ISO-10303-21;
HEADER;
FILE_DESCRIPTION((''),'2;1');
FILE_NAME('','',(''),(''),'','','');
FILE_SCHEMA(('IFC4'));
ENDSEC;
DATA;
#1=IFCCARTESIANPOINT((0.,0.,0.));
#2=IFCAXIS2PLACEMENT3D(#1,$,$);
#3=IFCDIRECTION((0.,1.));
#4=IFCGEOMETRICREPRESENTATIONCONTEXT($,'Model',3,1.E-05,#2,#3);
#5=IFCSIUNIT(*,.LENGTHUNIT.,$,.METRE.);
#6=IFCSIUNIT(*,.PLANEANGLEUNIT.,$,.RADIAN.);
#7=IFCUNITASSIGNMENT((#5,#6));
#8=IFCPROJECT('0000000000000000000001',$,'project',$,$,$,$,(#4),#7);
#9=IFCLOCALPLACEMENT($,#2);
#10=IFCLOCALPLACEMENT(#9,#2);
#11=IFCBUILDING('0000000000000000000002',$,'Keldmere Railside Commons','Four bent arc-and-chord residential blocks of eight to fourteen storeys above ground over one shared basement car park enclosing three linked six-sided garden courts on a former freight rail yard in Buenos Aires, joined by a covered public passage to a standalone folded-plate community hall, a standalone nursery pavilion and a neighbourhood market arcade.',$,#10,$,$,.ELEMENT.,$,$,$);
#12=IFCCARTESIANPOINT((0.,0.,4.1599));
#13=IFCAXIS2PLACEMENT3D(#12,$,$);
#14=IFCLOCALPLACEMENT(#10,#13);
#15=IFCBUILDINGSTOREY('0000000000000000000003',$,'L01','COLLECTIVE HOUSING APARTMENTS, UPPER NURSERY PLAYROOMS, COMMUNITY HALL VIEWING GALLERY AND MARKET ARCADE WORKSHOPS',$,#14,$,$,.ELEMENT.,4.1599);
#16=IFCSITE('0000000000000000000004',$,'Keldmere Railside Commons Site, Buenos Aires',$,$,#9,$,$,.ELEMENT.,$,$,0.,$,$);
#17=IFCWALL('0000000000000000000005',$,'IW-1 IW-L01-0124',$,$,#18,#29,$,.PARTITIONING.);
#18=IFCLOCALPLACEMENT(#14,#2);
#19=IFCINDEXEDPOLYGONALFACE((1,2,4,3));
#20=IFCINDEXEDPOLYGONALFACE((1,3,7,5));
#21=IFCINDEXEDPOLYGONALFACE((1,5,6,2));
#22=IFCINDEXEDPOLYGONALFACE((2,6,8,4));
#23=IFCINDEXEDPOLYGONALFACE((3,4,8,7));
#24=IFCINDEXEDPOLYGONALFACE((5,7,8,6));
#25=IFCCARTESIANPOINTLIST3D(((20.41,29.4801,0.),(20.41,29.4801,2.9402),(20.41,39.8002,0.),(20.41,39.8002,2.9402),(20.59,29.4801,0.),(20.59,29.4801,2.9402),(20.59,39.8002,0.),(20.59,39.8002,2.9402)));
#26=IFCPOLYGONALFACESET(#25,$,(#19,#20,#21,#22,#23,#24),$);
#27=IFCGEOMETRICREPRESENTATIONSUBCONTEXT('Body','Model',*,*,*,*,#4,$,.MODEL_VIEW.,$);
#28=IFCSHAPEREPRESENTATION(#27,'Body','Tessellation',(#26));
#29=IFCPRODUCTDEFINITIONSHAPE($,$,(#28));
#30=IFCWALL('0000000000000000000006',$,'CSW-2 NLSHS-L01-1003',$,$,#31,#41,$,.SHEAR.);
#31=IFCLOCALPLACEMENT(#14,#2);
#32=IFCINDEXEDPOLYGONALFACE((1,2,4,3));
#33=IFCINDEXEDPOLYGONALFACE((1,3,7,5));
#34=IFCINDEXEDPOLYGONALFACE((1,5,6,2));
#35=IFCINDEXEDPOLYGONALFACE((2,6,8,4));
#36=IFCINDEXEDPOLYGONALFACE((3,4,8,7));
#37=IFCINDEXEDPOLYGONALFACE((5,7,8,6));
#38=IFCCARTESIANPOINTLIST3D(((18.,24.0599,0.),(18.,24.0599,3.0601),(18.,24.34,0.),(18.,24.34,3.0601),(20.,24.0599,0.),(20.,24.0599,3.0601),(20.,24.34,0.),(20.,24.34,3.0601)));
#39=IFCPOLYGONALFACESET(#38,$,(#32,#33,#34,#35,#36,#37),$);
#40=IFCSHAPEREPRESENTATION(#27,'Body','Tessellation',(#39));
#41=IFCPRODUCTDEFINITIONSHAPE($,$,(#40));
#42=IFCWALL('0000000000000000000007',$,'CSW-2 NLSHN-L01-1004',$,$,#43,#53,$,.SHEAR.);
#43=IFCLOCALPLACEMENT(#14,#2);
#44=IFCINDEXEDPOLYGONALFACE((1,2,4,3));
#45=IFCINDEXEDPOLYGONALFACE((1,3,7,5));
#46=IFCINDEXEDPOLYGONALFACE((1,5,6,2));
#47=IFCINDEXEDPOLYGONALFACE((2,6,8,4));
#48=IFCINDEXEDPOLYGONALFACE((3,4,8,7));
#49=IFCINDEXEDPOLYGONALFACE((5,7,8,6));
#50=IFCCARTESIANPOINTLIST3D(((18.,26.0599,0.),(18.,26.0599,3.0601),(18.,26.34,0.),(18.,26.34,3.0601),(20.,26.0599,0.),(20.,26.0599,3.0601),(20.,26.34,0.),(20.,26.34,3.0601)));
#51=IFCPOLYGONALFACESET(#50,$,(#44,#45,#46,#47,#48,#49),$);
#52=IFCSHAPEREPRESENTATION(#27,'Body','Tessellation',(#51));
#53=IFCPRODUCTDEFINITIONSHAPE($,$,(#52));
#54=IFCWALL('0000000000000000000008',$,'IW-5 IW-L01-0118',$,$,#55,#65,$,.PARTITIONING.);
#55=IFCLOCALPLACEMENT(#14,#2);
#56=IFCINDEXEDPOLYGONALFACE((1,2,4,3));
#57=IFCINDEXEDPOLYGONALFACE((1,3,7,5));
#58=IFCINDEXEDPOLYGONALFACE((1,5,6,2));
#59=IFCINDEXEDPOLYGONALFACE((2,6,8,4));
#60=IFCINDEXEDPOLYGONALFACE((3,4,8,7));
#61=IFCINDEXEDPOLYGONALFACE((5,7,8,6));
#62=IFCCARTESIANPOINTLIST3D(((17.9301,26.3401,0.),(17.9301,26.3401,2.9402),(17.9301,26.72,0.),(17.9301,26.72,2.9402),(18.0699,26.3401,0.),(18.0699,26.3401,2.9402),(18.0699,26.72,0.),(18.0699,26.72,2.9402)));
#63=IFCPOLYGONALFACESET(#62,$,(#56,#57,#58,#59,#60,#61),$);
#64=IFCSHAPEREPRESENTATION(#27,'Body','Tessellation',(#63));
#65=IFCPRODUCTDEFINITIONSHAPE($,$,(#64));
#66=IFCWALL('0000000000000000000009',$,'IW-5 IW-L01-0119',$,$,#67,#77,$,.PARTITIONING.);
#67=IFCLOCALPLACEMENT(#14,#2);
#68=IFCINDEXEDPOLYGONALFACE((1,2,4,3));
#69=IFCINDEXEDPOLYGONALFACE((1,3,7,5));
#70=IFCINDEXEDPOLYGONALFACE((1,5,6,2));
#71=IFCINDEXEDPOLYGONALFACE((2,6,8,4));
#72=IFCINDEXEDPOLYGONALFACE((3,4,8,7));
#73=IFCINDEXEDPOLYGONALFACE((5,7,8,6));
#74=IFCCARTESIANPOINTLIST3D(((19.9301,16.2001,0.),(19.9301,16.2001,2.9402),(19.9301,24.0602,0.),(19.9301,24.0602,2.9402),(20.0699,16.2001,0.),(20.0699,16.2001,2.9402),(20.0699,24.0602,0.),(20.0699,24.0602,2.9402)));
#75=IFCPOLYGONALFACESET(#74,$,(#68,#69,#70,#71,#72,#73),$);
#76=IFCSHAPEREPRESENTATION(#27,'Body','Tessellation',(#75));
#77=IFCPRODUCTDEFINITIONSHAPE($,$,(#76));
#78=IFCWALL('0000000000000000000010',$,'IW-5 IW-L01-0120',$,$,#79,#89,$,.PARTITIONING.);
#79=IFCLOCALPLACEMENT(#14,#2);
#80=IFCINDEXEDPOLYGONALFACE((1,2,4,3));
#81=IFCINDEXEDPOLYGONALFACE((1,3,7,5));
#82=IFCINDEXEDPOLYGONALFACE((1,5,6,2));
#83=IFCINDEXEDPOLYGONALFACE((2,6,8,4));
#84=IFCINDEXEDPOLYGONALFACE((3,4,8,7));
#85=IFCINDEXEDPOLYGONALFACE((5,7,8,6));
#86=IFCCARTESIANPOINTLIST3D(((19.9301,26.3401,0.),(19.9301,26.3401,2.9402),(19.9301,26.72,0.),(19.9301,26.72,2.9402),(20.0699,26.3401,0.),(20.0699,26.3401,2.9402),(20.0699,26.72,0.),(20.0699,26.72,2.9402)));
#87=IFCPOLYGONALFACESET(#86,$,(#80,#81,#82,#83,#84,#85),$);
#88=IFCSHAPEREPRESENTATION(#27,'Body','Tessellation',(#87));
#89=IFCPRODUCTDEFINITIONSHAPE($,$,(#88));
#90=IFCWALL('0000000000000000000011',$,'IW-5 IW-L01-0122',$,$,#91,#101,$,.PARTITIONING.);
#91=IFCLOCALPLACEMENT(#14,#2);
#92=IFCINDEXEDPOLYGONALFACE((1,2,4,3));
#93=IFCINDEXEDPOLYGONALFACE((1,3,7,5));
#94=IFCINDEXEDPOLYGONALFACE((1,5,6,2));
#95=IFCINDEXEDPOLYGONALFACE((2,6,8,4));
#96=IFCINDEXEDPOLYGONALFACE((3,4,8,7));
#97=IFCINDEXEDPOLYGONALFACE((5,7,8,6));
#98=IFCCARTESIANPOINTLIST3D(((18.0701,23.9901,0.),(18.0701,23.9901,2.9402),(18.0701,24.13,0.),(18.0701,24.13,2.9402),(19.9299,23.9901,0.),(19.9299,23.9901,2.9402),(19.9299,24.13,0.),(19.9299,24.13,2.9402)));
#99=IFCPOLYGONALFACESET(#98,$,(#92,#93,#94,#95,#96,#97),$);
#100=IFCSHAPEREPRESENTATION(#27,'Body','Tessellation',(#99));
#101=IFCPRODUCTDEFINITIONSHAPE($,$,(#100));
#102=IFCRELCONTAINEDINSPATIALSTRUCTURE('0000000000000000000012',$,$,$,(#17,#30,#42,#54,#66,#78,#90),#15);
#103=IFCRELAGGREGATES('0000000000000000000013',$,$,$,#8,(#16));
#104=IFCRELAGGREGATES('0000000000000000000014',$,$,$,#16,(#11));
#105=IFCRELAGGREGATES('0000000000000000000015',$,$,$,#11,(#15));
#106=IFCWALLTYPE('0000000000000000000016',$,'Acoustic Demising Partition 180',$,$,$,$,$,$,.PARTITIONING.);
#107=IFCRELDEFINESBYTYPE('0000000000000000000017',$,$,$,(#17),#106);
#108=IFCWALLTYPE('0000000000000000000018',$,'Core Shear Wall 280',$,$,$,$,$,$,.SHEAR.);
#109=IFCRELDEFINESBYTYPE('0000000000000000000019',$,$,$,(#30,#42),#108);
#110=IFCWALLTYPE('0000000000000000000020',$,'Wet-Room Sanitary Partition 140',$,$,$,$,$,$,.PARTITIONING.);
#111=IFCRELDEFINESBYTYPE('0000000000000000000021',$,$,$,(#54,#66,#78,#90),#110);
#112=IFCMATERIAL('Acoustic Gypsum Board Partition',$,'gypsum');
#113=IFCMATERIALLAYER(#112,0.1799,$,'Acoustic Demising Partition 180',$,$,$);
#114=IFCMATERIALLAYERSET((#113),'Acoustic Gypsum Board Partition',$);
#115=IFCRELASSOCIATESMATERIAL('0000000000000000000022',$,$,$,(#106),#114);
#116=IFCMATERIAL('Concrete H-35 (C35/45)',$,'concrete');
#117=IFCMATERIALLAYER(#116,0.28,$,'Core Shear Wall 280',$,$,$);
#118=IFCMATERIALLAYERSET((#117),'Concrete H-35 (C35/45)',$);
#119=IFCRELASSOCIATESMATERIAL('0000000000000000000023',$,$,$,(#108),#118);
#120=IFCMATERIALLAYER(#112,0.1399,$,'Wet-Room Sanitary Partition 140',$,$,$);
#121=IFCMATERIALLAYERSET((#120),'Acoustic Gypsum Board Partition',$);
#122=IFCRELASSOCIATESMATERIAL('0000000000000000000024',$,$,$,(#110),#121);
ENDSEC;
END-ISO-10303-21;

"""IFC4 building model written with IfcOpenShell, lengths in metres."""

from ifc_helpers import new_model, si_unit, direction, frame, frame_2d, origin, place, context, subcontext, project, spatial, rectangle, extrude, material, layer, layer_set, type_object, element, save


model = new_model("IFC4")

# Units and contexts
model_context = context("Model", 3, precision=1e-05, world=origin(), true_north=direction((0.0, 1.0)))
body_context = subcontext(model_context, "Body", "Model", "MODEL_VIEW")
ifc_project = project(units=[si_unit("LENGTHUNIT", "METRE"), si_unit("PLANEANGLEUNIT", "RADIAN")], contexts=[model_context])

# Site, building, storey
site_placement = place(None, origin())
site = spatial("IfcSite", under=ifc_project, at=site_placement, Name="Keldmere Railside Commons Site, Buenos Aires", CompositionType="ELEMENT", RefElevation=0.0)
building_placement = place(site_placement, origin())
building = spatial("IfcBuilding", under=site, at=building_placement, Name="Keldmere Railside Commons", Description="Four bent arc-and-chord residential blocks of eight to fourteen storeys above ground over one shared basement car park enclosing three linked six-sided garden courts on a former freight rail yard in Buenos Aires, joined by a covered public passage to a standalone folded-plate community hall, a standalone nursery pavilion and a neighbourhood market arcade.", CompositionType="ELEMENT")
storey_placement = place(building_placement, frame((0.0, 0.0, 4.1599)))
storey = spatial("IfcBuildingStorey", under=building, at=storey_placement, Name="L01", Description="COLLECTIVE HOUSING APARTMENTS, UPPER NURSERY PLAYROOMS, COMMUNITY HALL VIEWING GALLERY AND MARKET ARCADE WORKSHOPS", CompositionType="ELEMENT", Elevation=4.1599)

# Shared definitions
ifc_material_1 = material(Name="Concrete H-35 (C35/45)", Category="concrete")

# Wall
ifc_material_2 = material(Name="Acoustic Gypsum Board Partition", Category="gypsum")
ifc_layer_1 = layer(ifc_material_2, 0.1799, Name="Acoustic Demising Partition 180")
ifc_layer_set_1 = layer_set([ifc_layer_1], Name="Acoustic Gypsum Board Partition")
wall_type_1 = type_object("IfcWallType", Name="Acoustic Demising Partition 180", PredefinedType="PARTITIONING", material=ifc_layer_set_1)
wall_1_placement = place(storey_placement, frame((20.5, 29.48, 0.0), z_axis=(0.0, 0.0, 1.0), x_axis=(0.0, 1.0, 0.0)))
element("IfcWall", 1, at=wall_1_placement, inside=storey, type_object=wall_type_1, Name="IW-1 IW-L01-0124", PredefinedType="PARTITIONING", context=body_context, shape_type="SweptSolid", body=[
    extrude(rectangle(XDim=10.3201, YDim=0.1799, at=frame_2d((5.1602, 0.0))), origin(), (0.0, 0.0, 1.0), 2.9402),
])

# Shared definitions
ifc_layer_2 = layer(ifc_material_1, 0.28, Name="Core Shear Wall 280")
ifc_layer_set_2 = layer_set([ifc_layer_2], Name="Concrete H-35 (C35/45)")
wall_type_2 = type_object("IfcWallType", Name="Core Shear Wall 280", PredefinedType="SHEAR", material=ifc_layer_set_2)

# Walls
for number, where, z_axis, x_axis, name in (
    (2, (18.0, 24.2, 0.0), (0.0, 0.0, 1.0), (1.0, 0.0, 0.0), "CSW-2 NLSHS-L01-1003"),
    (3, (18.0, 26.2, 0.0), (0.0, 0.0, 1.0), (1.0, 0.0, 0.0), "CSW-2 NLSHN-L01-1004"),
):
    element("IfcWall", number, at=place(storey_placement, frame(where, z_axis=z_axis, x_axis=x_axis)), inside=storey, type_object=wall_type_2, Name=name, PredefinedType="SHEAR", context=body_context, shape_type="SweptSolid", body=[
        extrude(rectangle(XDim=2.0, YDim=0.28, at=frame_2d((1.0, 0.0))), origin(), (0.0, 0.0, 1.0), 3.0601),
    ])
ifc_layer_3 = layer(ifc_material_2, 0.1399, Name="Wet-Room Sanitary Partition 140")
ifc_layer_set_3 = layer_set([ifc_layer_3], Name="Acoustic Gypsum Board Partition")
wall_type_3 = type_object("IfcWallType", Name="Wet-Room Sanitary Partition 140", PredefinedType="PARTITIONING", material=ifc_layer_set_3)
wall_2_placement = place(storey_placement, frame((18.0, 26.3401, 0.0), z_axis=(0.0, 0.0, 1.0), x_axis=(0.0, 1.0, 0.0)))
element("IfcWall", 4, at=wall_2_placement, inside=storey, type_object=wall_type_3, Name="IW-5 IW-L01-0118", PredefinedType="PARTITIONING", context=body_context, shape_type="SweptSolid", body=[
    extrude(rectangle(XDim=0.3799, YDim=0.1399, at=frame_2d((0.1899, 0.0))), origin(), (0.0, 0.0, 1.0), 2.9402),
])
wall_3_placement = place(storey_placement, frame((20.0, 16.2, 0.0), z_axis=(0.0, 0.0, 1.0), x_axis=(0.0, 1.0, 0.0)))
element("IfcWall", 5, at=wall_3_placement, inside=storey, type_object=wall_type_3, Name="IW-5 IW-L01-0119", PredefinedType="PARTITIONING", context=body_context, shape_type="SweptSolid", body=[
    extrude(rectangle(XDim=7.8601, YDim=0.1399, at=frame_2d((3.9302, 0.0))), origin(), (0.0, 0.0, 1.0), 2.9402),
])
wall_4_placement = place(storey_placement, frame((20.0, 26.3401, 0.0), z_axis=(0.0, 0.0, 1.0), x_axis=(0.0, 1.0, 0.0)))
element("IfcWall", 6, at=wall_4_placement, inside=storey, type_object=wall_type_3, Name="IW-5 IW-L01-0120", PredefinedType="PARTITIONING", context=body_context, shape_type="SweptSolid", body=[
    extrude(rectangle(XDim=0.3799, YDim=0.1399, at=frame_2d((0.1899, 0.0))), origin(), (0.0, 0.0, 1.0), 2.9402),
])
wall_5_placement = place(storey_placement, frame((18.0701, 24.0601, 0.0), z_axis=(0.0, 0.0, 1.0), x_axis=(1.0, 0.0, 0.0)))
element("IfcWall", 7, at=wall_5_placement, inside=storey, type_object=wall_type_3, Name="IW-5 IW-L01-0122", PredefinedType="PARTITIONING", context=body_context, shape_type="SweptSolid", body=[
    extrude(rectangle(XDim=1.8599, YDim=0.1399, at=frame_2d((0.9299, 0.0))), origin(), (0.0, 0.0, 1.0), 2.9402),
])

save(model, "model.ifc")
